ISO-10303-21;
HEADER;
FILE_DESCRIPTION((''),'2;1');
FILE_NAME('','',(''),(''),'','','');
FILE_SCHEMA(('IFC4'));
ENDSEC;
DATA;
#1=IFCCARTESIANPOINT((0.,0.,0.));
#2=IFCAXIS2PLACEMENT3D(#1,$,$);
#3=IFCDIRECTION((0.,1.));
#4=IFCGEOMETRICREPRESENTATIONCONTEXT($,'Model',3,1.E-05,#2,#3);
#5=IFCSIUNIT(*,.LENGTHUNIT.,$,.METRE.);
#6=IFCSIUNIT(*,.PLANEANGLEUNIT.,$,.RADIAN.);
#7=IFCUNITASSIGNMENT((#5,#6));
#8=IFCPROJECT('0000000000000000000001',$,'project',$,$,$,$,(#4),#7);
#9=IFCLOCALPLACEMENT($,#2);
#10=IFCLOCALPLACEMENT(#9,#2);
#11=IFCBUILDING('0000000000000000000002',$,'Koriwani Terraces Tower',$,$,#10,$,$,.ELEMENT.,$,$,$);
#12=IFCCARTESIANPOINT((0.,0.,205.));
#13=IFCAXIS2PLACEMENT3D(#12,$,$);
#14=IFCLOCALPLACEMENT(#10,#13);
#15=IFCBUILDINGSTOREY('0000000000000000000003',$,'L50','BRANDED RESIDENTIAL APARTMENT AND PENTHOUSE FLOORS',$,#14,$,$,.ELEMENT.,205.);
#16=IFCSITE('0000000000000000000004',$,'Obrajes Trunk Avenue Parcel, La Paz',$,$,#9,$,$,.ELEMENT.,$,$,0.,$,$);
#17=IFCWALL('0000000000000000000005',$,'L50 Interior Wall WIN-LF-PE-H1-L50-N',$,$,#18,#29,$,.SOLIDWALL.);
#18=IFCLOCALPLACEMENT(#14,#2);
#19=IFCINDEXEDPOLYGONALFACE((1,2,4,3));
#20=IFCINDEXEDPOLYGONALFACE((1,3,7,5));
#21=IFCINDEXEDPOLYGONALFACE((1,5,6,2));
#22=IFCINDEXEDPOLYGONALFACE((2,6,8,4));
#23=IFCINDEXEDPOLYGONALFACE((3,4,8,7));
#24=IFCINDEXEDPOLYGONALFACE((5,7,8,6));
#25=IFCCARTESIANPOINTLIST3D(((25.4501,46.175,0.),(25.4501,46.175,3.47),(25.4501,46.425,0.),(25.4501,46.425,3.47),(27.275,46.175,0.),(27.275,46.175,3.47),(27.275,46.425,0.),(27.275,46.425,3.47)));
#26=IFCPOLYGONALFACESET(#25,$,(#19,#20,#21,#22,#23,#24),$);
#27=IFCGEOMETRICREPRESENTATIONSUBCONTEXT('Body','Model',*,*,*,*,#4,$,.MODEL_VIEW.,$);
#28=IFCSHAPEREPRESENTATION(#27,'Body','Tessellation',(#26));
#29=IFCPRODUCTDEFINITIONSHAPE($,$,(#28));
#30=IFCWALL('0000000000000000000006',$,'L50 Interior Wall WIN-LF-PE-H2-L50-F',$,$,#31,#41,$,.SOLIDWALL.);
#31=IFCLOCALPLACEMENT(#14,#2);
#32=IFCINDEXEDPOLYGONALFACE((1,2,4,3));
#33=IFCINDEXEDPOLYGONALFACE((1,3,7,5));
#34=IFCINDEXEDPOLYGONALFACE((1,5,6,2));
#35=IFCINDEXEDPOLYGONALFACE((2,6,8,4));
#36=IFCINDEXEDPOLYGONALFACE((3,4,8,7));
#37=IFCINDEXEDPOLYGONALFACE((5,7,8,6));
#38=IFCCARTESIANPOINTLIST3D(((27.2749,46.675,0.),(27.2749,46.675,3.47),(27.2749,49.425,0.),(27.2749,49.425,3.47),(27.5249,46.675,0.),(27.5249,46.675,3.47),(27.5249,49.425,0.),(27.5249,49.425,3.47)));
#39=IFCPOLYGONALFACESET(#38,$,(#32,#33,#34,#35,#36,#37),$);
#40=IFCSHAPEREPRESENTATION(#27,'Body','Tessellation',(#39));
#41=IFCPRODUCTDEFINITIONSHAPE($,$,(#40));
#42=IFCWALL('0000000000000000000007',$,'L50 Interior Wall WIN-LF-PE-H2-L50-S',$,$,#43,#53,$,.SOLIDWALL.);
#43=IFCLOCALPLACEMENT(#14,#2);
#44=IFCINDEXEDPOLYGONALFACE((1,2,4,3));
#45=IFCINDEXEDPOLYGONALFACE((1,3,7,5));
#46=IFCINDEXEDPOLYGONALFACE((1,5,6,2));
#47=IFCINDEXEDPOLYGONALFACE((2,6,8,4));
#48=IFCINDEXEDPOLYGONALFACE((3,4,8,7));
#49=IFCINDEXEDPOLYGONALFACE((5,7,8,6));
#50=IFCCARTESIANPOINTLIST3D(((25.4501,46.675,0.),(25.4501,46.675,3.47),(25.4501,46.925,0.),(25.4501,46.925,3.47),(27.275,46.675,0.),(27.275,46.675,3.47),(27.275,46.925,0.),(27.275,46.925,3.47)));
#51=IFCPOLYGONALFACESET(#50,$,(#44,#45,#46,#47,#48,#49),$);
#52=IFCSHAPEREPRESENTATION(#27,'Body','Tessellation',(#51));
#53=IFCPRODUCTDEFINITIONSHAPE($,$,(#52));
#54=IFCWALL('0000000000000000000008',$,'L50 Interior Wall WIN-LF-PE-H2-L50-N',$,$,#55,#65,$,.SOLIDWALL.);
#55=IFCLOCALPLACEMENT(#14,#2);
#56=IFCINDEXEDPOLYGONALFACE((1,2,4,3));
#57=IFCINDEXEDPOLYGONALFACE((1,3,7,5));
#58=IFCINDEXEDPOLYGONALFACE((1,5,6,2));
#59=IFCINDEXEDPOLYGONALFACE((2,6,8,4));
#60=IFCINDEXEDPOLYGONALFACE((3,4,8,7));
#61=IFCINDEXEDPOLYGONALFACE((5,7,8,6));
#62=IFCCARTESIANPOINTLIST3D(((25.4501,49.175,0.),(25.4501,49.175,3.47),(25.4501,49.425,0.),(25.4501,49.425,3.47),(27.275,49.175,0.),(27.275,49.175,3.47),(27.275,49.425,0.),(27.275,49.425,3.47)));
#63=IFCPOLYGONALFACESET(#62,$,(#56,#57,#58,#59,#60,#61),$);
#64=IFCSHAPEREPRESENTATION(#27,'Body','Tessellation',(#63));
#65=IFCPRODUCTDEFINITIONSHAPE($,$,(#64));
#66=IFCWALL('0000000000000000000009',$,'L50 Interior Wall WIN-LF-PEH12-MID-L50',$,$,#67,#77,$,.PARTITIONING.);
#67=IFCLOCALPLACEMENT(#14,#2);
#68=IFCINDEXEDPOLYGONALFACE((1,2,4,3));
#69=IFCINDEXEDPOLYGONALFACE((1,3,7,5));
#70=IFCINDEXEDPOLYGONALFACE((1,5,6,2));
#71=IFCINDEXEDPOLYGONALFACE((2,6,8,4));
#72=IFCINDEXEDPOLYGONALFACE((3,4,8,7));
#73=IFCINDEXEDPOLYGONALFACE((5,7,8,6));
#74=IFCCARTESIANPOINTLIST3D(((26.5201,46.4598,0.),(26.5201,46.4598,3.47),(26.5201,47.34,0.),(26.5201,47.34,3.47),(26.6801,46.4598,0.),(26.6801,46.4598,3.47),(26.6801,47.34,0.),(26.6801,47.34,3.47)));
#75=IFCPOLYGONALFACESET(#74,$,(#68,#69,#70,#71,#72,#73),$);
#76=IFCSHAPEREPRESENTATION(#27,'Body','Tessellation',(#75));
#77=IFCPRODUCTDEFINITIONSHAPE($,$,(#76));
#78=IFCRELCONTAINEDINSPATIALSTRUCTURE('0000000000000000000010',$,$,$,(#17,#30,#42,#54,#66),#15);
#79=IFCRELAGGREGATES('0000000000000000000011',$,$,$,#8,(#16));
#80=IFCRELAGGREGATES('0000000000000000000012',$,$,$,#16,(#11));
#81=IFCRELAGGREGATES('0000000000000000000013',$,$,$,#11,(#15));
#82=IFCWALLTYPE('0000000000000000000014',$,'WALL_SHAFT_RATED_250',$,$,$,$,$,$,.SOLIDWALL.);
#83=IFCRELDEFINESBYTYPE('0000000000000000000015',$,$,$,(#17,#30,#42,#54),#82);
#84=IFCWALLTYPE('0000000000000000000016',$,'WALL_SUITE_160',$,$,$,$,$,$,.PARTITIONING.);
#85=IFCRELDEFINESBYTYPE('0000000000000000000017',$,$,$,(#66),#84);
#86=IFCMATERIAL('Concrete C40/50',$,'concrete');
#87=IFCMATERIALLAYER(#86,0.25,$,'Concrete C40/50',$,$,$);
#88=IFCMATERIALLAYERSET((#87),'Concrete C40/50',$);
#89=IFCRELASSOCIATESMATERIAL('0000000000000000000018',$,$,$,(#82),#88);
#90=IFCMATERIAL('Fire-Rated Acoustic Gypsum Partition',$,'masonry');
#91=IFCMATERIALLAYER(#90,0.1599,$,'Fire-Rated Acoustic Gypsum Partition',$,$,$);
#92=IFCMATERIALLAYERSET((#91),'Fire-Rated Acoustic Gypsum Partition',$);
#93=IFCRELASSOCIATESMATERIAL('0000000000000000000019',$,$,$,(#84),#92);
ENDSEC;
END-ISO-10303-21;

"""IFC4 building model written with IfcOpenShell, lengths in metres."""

from ifc_helpers import new_model, si_unit, direction, frame, frame_2d, origin, place, context, subcontext, project, spatial, rectangle, extrude, material, layer, layer_set, type_object, element, save


model = new_model("IFC4")

# Units and contexts
model_context = context("Model", 3, precision=1e-05, world=origin(), true_north=direction((0.0, 1.0)))
body_context = subcontext(model_context, "Body", "Model", "MODEL_VIEW")
ifc_project = project(units=[si_unit("LENGTHUNIT", "METRE"), si_unit("PLANEANGLEUNIT", "RADIAN")], contexts=[model_context])

# Site, building, storey
site_placement = place(None, origin())
site = spatial("IfcSite", under=ifc_project, at=site_placement, Name="Obrajes Trunk Avenue Parcel, La Paz", CompositionType="ELEMENT", RefElevation=0.0)
building_placement = place(site_placement, origin())
building = spatial("IfcBuilding", under=site, at=building_placement, Name="Koriwani Terraces Tower", CompositionType="ELEMENT")
storey_placement = place(building_placement, frame((0.0, 0.0, 205.0)))
storey = spatial("IfcBuildingStorey", under=building, at=storey_placement, Name="L50", Description="BRANDED RESIDENTIAL APARTMENT AND PENTHOUSE FLOORS", CompositionType="ELEMENT", Elevation=205.0)

# Shared definitions
ifc_material_1 = material(Name="Concrete C40/50", Category="concrete")
ifc_layer_1 = layer(ifc_material_1, 0.25, Name="Concrete C40/50")
ifc_layer_set_1 = layer_set([ifc_layer_1], Name="Concrete C40/50")
wall_type_1 = type_object("IfcWallType", Name="WALL_SHAFT_RATED_250", PredefinedType="SOLIDWALL", material=ifc_layer_set_1)

# Walls
for number, where, z_axis, x_axis, name in (
    (1, (25.45, 46.3, 0.0), (0.0, 0.0, 1.0), (1.0, 0.0, 0.0), "L50 Interior Wall WIN-LF-PE-H1-L50-N"),
):
    element("IfcWall", number, at=place(storey_placement, frame(where, z_axis=z_axis, x_axis=x_axis)), inside=storey, type_object=wall_type_1, Name=name, PredefinedType="SOLIDWALL", context=body_context, shape_type="SweptSolid", body=[
        extrude(rectangle(XDim=1.825, YDim=0.25, at=frame_2d((0.9126, 0.0))), origin(), (0.0, 0.0, 1.0), 3.47),
    ])
wall_1_placement = place(storey_placement, frame((27.3999, 46.675, 0.0), z_axis=(0.0, 0.0, 1.0), x_axis=(0.0, 1.0, 0.0)))
element("IfcWall", 2, at=wall_1_placement, inside=storey, type_object=wall_type_1, Name="L50 Interior Wall WIN-LF-PE-H2-L50-F", PredefinedType="SOLIDWALL", context=body_context, shape_type="SweptSolid", body=[
    extrude(rectangle(XDim=2.75, YDim=0.25, at=frame_2d((1.375, 0.0))), origin(), (0.0, 0.0, 1.0), 3.47),
])
for number, where, z_axis, x_axis, name in (
    (3, (25.45, 46.8, 0.0), (0.0, 0.0, 1.0), (1.0, 0.0, 0.0), "L50 Interior Wall WIN-LF-PE-H2-L50-S"),
    (4, (25.45, 49.3, 0.0), (0.0, 0.0, 1.0), (1.0, 0.0, 0.0), "L50 Interior Wall WIN-LF-PE-H2-L50-N"),
):
    element("IfcWall", number, at=place(storey_placement, frame(where, z_axis=z_axis, x_axis=x_axis)), inside=storey, type_object=wall_type_1, Name=name, PredefinedType="SOLIDWALL", context=body_context, shape_type="SweptSolid", body=[
        extrude(rectangle(XDim=1.825, YDim=0.25, at=frame_2d((0.9126, 0.0))), origin(), (0.0, 0.0, 1.0), 3.47),
    ])
ifc_material_2 = material(Name="Fire-Rated Acoustic Gypsum Partition", Category="masonry")
ifc_layer_2 = layer(ifc_material_2, 0.1599, Name="Fire-Rated Acoustic Gypsum Partition")
ifc_layer_set_2 = layer_set([ifc_layer_2], Name="Fire-Rated Acoustic Gypsum Partition")
wall_type_2 = type_object("IfcWallType", Name="WALL_SUITE_160", PredefinedType="PARTITIONING", material=ifc_layer_set_2)
wall_2_placement = place(storey_placement, frame((26.6001, 46.46, 0.0), z_axis=(0.0, 0.0, 1.0), x_axis=(0.0, 1.0, 0.0)))
element("IfcWall", 5, at=wall_2_placement, inside=storey, type_object=wall_type_2, Name="L50 Interior Wall WIN-LF-PEH12-MID-L50", PredefinedType="PARTITIONING", context=body_context, shape_type="SweptSolid", body=[
    extrude(rectangle(XDim=0.8801, YDim=0.1599, at=frame_2d((0.4399, 0.0))), origin(), (0.0, 0.0, 1.0), 3.47),
])

save(model, "model.ifc")
